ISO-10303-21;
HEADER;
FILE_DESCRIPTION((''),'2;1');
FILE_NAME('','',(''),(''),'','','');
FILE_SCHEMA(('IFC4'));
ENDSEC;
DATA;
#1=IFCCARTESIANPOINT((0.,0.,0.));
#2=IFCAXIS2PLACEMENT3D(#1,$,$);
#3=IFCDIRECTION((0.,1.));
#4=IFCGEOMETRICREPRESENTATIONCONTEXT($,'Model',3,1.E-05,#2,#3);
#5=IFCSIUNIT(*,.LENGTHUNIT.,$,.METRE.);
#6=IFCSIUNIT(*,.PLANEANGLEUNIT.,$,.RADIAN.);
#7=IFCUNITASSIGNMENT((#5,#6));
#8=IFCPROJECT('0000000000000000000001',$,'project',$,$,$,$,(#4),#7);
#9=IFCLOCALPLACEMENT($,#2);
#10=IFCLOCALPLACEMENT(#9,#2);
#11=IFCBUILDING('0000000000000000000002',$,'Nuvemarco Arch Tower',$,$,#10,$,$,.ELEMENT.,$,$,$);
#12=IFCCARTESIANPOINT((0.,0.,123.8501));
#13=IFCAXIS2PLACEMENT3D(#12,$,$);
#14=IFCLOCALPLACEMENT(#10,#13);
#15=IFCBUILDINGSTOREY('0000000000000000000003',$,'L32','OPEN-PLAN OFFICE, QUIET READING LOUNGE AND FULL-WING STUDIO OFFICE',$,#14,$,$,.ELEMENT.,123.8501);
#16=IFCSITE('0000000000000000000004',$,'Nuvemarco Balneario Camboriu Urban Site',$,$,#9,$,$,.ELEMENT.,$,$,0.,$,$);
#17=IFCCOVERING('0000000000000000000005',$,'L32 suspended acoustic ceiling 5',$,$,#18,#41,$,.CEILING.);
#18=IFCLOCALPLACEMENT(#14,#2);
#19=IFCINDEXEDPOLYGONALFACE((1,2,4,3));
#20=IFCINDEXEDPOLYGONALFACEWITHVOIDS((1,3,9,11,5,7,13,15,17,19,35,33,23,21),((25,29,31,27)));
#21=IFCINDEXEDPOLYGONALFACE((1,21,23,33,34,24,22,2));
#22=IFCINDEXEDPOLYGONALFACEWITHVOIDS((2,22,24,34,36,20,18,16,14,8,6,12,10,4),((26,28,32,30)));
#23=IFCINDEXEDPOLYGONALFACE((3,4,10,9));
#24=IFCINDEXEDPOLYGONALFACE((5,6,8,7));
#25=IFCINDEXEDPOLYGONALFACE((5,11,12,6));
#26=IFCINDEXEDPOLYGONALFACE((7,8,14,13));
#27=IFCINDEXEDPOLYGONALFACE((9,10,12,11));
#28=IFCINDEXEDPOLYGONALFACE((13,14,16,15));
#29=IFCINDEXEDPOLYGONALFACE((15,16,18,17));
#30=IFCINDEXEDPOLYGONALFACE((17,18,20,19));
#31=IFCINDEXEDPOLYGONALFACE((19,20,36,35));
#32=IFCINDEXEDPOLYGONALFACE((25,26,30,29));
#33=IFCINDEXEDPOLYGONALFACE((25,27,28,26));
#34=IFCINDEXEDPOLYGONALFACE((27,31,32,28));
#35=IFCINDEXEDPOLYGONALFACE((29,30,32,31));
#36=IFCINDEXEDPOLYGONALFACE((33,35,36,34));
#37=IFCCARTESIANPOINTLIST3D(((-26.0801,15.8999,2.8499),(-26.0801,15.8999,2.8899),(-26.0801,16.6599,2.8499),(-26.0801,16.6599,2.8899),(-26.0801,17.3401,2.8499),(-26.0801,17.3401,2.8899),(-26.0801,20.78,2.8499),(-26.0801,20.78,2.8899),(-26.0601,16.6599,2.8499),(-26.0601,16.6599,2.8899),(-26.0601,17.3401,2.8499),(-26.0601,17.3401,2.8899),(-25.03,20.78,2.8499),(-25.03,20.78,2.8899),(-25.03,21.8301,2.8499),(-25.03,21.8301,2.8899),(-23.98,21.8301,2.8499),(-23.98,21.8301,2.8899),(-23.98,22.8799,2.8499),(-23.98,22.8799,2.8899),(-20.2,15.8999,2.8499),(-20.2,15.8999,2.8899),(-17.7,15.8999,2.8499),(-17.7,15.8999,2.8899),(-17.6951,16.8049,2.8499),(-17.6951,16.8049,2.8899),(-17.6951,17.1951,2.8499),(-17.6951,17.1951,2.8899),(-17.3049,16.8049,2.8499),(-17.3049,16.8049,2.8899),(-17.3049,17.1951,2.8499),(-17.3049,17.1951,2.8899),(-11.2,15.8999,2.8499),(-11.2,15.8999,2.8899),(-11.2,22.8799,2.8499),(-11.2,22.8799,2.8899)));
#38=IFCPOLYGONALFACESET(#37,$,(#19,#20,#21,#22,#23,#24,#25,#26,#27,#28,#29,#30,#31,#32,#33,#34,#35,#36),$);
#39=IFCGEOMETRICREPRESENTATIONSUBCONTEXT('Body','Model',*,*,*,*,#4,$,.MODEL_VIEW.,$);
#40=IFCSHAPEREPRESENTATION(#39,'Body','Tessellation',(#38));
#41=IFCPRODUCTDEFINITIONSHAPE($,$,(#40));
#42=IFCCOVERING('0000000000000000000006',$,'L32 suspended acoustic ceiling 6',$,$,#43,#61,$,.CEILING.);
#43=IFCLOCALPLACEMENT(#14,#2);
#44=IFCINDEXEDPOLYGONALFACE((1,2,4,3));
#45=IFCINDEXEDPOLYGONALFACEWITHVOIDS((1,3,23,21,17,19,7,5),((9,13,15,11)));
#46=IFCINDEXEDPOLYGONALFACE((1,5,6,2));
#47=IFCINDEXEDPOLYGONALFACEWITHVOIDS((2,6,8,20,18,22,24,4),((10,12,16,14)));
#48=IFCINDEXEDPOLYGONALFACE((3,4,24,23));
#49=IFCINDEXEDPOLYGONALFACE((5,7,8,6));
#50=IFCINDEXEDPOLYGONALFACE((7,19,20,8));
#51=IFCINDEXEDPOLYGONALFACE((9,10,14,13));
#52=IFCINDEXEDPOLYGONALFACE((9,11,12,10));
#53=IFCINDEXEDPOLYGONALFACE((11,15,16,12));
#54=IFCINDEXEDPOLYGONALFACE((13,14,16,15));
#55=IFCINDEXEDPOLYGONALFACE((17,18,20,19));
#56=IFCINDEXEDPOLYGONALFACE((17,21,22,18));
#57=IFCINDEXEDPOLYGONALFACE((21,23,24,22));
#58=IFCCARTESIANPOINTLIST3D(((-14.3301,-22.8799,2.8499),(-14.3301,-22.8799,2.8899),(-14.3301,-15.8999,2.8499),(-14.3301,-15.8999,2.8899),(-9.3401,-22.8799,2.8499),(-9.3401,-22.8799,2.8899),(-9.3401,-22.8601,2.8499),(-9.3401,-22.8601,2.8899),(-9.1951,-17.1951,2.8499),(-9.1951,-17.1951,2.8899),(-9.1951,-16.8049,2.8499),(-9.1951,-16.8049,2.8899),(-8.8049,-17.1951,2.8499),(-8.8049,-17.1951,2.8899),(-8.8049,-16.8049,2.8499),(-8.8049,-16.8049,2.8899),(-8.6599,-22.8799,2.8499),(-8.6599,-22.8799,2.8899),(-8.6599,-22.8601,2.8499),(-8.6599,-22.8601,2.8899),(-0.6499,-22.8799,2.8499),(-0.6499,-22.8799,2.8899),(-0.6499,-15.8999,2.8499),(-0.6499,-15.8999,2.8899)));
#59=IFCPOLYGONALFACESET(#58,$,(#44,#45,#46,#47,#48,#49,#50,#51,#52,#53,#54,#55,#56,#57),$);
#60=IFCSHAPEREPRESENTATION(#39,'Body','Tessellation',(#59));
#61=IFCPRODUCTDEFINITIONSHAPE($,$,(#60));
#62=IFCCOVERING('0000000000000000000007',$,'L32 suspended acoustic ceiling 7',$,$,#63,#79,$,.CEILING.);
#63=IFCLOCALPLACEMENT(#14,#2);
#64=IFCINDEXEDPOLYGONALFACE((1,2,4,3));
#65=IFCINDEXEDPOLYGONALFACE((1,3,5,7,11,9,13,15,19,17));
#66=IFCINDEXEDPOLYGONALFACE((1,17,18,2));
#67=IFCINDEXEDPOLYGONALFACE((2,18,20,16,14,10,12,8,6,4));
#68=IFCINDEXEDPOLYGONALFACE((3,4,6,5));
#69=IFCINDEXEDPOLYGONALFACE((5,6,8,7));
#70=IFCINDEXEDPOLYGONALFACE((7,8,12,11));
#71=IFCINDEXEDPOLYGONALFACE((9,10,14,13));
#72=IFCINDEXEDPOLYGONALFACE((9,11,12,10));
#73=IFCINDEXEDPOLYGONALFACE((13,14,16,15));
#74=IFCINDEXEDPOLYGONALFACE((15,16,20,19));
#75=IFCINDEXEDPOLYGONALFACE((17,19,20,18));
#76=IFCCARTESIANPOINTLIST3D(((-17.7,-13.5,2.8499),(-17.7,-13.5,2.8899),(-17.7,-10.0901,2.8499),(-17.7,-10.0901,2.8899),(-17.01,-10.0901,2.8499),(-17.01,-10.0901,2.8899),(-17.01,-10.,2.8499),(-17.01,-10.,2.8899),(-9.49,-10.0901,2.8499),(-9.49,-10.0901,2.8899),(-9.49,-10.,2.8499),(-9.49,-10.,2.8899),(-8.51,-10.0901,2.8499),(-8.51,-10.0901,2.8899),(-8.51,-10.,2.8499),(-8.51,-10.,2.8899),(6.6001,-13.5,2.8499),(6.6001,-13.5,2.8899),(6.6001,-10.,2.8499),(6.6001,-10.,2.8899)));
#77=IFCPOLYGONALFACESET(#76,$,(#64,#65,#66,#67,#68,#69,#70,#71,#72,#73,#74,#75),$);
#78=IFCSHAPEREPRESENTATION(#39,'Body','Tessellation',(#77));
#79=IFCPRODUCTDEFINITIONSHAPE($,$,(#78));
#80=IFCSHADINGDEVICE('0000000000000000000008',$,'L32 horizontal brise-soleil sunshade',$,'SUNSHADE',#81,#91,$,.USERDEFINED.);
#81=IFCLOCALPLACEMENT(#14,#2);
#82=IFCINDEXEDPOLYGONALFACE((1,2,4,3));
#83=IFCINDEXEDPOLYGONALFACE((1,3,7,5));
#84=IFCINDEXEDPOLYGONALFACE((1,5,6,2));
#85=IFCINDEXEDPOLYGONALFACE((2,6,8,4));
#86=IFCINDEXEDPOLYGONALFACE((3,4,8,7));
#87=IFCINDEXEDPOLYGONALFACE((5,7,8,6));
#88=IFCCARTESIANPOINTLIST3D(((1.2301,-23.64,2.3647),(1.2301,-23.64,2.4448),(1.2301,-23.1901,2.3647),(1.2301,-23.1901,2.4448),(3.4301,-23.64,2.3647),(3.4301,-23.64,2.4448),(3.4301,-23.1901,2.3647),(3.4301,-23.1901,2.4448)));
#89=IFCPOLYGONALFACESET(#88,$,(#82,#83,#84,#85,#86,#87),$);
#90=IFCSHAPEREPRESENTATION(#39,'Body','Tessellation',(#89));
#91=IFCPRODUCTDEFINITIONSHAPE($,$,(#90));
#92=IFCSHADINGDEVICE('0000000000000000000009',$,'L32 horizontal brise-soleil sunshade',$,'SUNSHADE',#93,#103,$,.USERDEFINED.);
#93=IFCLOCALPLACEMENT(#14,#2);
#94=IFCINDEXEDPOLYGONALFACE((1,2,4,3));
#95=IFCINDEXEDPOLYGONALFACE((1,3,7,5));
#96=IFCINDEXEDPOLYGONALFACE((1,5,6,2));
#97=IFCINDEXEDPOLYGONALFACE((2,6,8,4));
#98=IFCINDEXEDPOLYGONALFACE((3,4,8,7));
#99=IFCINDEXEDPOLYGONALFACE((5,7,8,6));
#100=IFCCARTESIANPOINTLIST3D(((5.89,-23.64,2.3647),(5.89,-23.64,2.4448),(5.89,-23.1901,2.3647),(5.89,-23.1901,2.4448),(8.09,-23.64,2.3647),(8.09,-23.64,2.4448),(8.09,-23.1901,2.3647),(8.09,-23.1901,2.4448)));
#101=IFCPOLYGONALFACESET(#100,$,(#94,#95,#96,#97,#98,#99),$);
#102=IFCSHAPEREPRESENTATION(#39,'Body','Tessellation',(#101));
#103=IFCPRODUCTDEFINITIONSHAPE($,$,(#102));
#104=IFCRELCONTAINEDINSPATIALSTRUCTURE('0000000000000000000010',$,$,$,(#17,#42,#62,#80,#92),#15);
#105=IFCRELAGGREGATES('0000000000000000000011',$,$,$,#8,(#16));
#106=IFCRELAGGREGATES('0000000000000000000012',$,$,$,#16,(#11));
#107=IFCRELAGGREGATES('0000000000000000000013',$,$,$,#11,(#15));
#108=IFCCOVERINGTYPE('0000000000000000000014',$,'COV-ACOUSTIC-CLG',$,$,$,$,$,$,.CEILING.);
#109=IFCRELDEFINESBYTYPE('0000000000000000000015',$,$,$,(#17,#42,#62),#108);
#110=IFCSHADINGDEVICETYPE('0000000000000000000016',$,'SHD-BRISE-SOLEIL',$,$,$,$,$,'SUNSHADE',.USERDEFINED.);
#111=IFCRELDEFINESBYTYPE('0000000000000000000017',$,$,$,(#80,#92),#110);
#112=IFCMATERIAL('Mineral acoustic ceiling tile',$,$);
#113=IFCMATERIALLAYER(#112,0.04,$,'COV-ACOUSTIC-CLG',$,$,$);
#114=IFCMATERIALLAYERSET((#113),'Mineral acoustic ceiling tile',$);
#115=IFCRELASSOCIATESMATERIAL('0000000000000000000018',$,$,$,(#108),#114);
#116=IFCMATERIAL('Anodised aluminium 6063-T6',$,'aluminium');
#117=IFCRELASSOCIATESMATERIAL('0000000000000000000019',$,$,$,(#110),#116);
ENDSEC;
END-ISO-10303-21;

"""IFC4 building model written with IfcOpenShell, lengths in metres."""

from ifc_helpers import new_model, si_unit, direction, frame, origin, origin_2d, place, context, subcontext, project, spatial, polyline, rectangle, outline, extrude, source, transform, mapped, material, layer, layer_set, type_object, type_shapes, element, save


model = new_model("IFC4")

# Units and contexts
model_context = context("Model", 3, precision=1e-05, world=origin(), true_north=direction((0.0, 1.0)))
body_context = subcontext(model_context, "Body", "Model", "MODEL_VIEW")
ifc_project = project(units=[si_unit("LENGTHUNIT", "METRE"), si_unit("PLANEANGLEUNIT", "RADIAN")], contexts=[model_context])

# Site, building, storey
site_placement = place(None, origin())
site = spatial("IfcSite", under=ifc_project, at=site_placement, Name="Nuvemarco Balneario Camboriu Urban Site", CompositionType="ELEMENT", RefElevation=0.0)
building_placement = place(site_placement, origin())
building = spatial("IfcBuilding", under=site, at=building_placement, Name="Nuvemarco Arch Tower", CompositionType="ELEMENT")
storey_placement = place(building_placement, frame((0.0, 0.0, 123.8501)))
storey = spatial("IfcBuildingStorey", under=building, at=storey_placement, Name="L32", Description="OPEN-PLAN OFFICE, QUIET READING LOUNGE AND FULL-WING STUDIO OFFICE", CompositionType="ELEMENT", Elevation=123.8501)

# Coverings
ifc_material_1 = material(Name="Mineral acoustic ceiling tile")
ifc_layer_1 = layer(ifc_material_1, 0.04, Name="COV-ACOUSTIC-CLG")
ifc_layer_set_1 = layer_set([ifc_layer_1], Name="Mineral acoustic ceiling tile")
covering_type = type_object("IfcCoveringType", Name="COV-ACOUSTIC-CLG", PredefinedType="CEILING", material=ifc_layer_set_1)
covering_1_placement = place(storey_placement, frame((0.0, 0.0, 2.8499)))
element("IfcCovering", 1, at=covering_1_placement, inside=storey, type_object=covering_type, Name="L32 suspended acoustic ceiling 5", PredefinedType="CEILING", context=body_context, shape_type="SweptSolid", body=[
    extrude(outline(polyline([(-26.0601, 16.6599), (-26.0601, 17.3401), (-26.0801, 17.3401), (-26.0801, 20.78), (-25.03, 20.78), (-25.03, 21.8301), (-23.98, 21.8301), (-23.98, 22.8799), (-11.2, 22.8799), (-11.2, 15.8999), (-17.7, 15.8999), (-20.2, 15.8999), (-26.0801, 15.8999), (-26.0801, 16.6599), (-26.0601, 16.6599)]), holes=[polyline([(-17.3049, 16.8049), (-17.3049, 17.1951), (-17.6951, 17.1951), (-17.6951, 16.8049), (-17.3049, 16.8049)])]), origin(), (0.0, 0.0, 1.0), 0.04),
])
covering_2_placement = place(storey_placement, frame((0.0, 0.0, 2.8499)))
element("IfcCovering", 2, at=covering_2_placement, inside=storey, type_object=covering_type, Name="L32 suspended acoustic ceiling 6", PredefinedType="CEILING", context=body_context, shape_type="SweptSolid", body=[
    extrude(outline(polyline([(-8.6599, -22.8799), (-8.6599, -22.8601), (-9.3401, -22.8601), (-9.3401, -22.8799), (-14.3301, -22.8799), (-14.3301, -15.8999), (-0.6499, -15.8999), (-0.6499, -22.8799), (-8.6599, -22.8799)]), holes=[polyline([(-8.8049, -17.1951), (-8.8049, -16.8049), (-9.1951, -16.8049), (-9.1951, -17.1951), (-8.8049, -17.1951)])]), origin(), (0.0, 0.0, 1.0), 0.04),
])
covering_3_placement = place(storey_placement, frame((0.0, 0.0, 2.8499)))
element("IfcCovering", 3, at=covering_3_placement, inside=storey, type_object=covering_type, Name="L32 suspended acoustic ceiling 7", PredefinedType="CEILING", context=body_context, shape_type="SweptSolid", body=[
    extrude(outline(polyline([(-9.49, -10.0901), (-8.51, -10.0901), (-8.51, -10.0), (6.6001, -10.0), (6.6001, -13.5), (-17.7, -13.5), (-17.7, -10.0901), (-17.01, -10.0901), (-17.01, -10.0), (-9.49, -10.0), (-9.49, -10.0901)])), origin(), (0.0, 0.0, 1.0), 0.04),
])

# Shading devices
ifc_material_2 = material(Name="Anodised aluminium 6063-T6", Category="aluminium")
shading_device_type = type_object("IfcShadingDeviceType", Name="SHD-BRISE-SOLEIL", ElementType="SUNSHADE", PredefinedType="USERDEFINED", material=ifc_material_2)
shared_shape_1 = source(origin(), body_context, "Body", "SweptSolid", [
    extrude(rectangle(XDim=2.2, YDim=0.45, at=origin_2d()), origin(), (0.0, 0.0, 1.0), 0.0801),
])
type_shapes(shading_device_type, [shared_shape_1])
for number, where, z_axis, x_axis, name in (
    (4, (2.3301, -23.415, 2.3647), (0.0, 0.0, 1.0), (1.0, 0.0, 0.0), "L32 horizontal brise-soleil sunshade"),
    (5, (6.99, -23.415, 2.3647), (0.0, 0.0, 1.0), (1.0, 0.0, 0.0), "L32 horizontal brise-soleil sunshade"),
):
    element("IfcShadingDevice", number, at=place(storey_placement, frame(where, z_axis=z_axis, x_axis=x_axis)), inside=storey, type_object=shading_device_type, Name=name, ObjectType="SUNSHADE", PredefinedType="USERDEFINED", context=body_context, shape_type="MappedRepresentation", body=[
        mapped(shared_shape_1, transform((0.0, 0.0, 0.0), scale=1.0)),
    ])

save(model, "model.ifc")
